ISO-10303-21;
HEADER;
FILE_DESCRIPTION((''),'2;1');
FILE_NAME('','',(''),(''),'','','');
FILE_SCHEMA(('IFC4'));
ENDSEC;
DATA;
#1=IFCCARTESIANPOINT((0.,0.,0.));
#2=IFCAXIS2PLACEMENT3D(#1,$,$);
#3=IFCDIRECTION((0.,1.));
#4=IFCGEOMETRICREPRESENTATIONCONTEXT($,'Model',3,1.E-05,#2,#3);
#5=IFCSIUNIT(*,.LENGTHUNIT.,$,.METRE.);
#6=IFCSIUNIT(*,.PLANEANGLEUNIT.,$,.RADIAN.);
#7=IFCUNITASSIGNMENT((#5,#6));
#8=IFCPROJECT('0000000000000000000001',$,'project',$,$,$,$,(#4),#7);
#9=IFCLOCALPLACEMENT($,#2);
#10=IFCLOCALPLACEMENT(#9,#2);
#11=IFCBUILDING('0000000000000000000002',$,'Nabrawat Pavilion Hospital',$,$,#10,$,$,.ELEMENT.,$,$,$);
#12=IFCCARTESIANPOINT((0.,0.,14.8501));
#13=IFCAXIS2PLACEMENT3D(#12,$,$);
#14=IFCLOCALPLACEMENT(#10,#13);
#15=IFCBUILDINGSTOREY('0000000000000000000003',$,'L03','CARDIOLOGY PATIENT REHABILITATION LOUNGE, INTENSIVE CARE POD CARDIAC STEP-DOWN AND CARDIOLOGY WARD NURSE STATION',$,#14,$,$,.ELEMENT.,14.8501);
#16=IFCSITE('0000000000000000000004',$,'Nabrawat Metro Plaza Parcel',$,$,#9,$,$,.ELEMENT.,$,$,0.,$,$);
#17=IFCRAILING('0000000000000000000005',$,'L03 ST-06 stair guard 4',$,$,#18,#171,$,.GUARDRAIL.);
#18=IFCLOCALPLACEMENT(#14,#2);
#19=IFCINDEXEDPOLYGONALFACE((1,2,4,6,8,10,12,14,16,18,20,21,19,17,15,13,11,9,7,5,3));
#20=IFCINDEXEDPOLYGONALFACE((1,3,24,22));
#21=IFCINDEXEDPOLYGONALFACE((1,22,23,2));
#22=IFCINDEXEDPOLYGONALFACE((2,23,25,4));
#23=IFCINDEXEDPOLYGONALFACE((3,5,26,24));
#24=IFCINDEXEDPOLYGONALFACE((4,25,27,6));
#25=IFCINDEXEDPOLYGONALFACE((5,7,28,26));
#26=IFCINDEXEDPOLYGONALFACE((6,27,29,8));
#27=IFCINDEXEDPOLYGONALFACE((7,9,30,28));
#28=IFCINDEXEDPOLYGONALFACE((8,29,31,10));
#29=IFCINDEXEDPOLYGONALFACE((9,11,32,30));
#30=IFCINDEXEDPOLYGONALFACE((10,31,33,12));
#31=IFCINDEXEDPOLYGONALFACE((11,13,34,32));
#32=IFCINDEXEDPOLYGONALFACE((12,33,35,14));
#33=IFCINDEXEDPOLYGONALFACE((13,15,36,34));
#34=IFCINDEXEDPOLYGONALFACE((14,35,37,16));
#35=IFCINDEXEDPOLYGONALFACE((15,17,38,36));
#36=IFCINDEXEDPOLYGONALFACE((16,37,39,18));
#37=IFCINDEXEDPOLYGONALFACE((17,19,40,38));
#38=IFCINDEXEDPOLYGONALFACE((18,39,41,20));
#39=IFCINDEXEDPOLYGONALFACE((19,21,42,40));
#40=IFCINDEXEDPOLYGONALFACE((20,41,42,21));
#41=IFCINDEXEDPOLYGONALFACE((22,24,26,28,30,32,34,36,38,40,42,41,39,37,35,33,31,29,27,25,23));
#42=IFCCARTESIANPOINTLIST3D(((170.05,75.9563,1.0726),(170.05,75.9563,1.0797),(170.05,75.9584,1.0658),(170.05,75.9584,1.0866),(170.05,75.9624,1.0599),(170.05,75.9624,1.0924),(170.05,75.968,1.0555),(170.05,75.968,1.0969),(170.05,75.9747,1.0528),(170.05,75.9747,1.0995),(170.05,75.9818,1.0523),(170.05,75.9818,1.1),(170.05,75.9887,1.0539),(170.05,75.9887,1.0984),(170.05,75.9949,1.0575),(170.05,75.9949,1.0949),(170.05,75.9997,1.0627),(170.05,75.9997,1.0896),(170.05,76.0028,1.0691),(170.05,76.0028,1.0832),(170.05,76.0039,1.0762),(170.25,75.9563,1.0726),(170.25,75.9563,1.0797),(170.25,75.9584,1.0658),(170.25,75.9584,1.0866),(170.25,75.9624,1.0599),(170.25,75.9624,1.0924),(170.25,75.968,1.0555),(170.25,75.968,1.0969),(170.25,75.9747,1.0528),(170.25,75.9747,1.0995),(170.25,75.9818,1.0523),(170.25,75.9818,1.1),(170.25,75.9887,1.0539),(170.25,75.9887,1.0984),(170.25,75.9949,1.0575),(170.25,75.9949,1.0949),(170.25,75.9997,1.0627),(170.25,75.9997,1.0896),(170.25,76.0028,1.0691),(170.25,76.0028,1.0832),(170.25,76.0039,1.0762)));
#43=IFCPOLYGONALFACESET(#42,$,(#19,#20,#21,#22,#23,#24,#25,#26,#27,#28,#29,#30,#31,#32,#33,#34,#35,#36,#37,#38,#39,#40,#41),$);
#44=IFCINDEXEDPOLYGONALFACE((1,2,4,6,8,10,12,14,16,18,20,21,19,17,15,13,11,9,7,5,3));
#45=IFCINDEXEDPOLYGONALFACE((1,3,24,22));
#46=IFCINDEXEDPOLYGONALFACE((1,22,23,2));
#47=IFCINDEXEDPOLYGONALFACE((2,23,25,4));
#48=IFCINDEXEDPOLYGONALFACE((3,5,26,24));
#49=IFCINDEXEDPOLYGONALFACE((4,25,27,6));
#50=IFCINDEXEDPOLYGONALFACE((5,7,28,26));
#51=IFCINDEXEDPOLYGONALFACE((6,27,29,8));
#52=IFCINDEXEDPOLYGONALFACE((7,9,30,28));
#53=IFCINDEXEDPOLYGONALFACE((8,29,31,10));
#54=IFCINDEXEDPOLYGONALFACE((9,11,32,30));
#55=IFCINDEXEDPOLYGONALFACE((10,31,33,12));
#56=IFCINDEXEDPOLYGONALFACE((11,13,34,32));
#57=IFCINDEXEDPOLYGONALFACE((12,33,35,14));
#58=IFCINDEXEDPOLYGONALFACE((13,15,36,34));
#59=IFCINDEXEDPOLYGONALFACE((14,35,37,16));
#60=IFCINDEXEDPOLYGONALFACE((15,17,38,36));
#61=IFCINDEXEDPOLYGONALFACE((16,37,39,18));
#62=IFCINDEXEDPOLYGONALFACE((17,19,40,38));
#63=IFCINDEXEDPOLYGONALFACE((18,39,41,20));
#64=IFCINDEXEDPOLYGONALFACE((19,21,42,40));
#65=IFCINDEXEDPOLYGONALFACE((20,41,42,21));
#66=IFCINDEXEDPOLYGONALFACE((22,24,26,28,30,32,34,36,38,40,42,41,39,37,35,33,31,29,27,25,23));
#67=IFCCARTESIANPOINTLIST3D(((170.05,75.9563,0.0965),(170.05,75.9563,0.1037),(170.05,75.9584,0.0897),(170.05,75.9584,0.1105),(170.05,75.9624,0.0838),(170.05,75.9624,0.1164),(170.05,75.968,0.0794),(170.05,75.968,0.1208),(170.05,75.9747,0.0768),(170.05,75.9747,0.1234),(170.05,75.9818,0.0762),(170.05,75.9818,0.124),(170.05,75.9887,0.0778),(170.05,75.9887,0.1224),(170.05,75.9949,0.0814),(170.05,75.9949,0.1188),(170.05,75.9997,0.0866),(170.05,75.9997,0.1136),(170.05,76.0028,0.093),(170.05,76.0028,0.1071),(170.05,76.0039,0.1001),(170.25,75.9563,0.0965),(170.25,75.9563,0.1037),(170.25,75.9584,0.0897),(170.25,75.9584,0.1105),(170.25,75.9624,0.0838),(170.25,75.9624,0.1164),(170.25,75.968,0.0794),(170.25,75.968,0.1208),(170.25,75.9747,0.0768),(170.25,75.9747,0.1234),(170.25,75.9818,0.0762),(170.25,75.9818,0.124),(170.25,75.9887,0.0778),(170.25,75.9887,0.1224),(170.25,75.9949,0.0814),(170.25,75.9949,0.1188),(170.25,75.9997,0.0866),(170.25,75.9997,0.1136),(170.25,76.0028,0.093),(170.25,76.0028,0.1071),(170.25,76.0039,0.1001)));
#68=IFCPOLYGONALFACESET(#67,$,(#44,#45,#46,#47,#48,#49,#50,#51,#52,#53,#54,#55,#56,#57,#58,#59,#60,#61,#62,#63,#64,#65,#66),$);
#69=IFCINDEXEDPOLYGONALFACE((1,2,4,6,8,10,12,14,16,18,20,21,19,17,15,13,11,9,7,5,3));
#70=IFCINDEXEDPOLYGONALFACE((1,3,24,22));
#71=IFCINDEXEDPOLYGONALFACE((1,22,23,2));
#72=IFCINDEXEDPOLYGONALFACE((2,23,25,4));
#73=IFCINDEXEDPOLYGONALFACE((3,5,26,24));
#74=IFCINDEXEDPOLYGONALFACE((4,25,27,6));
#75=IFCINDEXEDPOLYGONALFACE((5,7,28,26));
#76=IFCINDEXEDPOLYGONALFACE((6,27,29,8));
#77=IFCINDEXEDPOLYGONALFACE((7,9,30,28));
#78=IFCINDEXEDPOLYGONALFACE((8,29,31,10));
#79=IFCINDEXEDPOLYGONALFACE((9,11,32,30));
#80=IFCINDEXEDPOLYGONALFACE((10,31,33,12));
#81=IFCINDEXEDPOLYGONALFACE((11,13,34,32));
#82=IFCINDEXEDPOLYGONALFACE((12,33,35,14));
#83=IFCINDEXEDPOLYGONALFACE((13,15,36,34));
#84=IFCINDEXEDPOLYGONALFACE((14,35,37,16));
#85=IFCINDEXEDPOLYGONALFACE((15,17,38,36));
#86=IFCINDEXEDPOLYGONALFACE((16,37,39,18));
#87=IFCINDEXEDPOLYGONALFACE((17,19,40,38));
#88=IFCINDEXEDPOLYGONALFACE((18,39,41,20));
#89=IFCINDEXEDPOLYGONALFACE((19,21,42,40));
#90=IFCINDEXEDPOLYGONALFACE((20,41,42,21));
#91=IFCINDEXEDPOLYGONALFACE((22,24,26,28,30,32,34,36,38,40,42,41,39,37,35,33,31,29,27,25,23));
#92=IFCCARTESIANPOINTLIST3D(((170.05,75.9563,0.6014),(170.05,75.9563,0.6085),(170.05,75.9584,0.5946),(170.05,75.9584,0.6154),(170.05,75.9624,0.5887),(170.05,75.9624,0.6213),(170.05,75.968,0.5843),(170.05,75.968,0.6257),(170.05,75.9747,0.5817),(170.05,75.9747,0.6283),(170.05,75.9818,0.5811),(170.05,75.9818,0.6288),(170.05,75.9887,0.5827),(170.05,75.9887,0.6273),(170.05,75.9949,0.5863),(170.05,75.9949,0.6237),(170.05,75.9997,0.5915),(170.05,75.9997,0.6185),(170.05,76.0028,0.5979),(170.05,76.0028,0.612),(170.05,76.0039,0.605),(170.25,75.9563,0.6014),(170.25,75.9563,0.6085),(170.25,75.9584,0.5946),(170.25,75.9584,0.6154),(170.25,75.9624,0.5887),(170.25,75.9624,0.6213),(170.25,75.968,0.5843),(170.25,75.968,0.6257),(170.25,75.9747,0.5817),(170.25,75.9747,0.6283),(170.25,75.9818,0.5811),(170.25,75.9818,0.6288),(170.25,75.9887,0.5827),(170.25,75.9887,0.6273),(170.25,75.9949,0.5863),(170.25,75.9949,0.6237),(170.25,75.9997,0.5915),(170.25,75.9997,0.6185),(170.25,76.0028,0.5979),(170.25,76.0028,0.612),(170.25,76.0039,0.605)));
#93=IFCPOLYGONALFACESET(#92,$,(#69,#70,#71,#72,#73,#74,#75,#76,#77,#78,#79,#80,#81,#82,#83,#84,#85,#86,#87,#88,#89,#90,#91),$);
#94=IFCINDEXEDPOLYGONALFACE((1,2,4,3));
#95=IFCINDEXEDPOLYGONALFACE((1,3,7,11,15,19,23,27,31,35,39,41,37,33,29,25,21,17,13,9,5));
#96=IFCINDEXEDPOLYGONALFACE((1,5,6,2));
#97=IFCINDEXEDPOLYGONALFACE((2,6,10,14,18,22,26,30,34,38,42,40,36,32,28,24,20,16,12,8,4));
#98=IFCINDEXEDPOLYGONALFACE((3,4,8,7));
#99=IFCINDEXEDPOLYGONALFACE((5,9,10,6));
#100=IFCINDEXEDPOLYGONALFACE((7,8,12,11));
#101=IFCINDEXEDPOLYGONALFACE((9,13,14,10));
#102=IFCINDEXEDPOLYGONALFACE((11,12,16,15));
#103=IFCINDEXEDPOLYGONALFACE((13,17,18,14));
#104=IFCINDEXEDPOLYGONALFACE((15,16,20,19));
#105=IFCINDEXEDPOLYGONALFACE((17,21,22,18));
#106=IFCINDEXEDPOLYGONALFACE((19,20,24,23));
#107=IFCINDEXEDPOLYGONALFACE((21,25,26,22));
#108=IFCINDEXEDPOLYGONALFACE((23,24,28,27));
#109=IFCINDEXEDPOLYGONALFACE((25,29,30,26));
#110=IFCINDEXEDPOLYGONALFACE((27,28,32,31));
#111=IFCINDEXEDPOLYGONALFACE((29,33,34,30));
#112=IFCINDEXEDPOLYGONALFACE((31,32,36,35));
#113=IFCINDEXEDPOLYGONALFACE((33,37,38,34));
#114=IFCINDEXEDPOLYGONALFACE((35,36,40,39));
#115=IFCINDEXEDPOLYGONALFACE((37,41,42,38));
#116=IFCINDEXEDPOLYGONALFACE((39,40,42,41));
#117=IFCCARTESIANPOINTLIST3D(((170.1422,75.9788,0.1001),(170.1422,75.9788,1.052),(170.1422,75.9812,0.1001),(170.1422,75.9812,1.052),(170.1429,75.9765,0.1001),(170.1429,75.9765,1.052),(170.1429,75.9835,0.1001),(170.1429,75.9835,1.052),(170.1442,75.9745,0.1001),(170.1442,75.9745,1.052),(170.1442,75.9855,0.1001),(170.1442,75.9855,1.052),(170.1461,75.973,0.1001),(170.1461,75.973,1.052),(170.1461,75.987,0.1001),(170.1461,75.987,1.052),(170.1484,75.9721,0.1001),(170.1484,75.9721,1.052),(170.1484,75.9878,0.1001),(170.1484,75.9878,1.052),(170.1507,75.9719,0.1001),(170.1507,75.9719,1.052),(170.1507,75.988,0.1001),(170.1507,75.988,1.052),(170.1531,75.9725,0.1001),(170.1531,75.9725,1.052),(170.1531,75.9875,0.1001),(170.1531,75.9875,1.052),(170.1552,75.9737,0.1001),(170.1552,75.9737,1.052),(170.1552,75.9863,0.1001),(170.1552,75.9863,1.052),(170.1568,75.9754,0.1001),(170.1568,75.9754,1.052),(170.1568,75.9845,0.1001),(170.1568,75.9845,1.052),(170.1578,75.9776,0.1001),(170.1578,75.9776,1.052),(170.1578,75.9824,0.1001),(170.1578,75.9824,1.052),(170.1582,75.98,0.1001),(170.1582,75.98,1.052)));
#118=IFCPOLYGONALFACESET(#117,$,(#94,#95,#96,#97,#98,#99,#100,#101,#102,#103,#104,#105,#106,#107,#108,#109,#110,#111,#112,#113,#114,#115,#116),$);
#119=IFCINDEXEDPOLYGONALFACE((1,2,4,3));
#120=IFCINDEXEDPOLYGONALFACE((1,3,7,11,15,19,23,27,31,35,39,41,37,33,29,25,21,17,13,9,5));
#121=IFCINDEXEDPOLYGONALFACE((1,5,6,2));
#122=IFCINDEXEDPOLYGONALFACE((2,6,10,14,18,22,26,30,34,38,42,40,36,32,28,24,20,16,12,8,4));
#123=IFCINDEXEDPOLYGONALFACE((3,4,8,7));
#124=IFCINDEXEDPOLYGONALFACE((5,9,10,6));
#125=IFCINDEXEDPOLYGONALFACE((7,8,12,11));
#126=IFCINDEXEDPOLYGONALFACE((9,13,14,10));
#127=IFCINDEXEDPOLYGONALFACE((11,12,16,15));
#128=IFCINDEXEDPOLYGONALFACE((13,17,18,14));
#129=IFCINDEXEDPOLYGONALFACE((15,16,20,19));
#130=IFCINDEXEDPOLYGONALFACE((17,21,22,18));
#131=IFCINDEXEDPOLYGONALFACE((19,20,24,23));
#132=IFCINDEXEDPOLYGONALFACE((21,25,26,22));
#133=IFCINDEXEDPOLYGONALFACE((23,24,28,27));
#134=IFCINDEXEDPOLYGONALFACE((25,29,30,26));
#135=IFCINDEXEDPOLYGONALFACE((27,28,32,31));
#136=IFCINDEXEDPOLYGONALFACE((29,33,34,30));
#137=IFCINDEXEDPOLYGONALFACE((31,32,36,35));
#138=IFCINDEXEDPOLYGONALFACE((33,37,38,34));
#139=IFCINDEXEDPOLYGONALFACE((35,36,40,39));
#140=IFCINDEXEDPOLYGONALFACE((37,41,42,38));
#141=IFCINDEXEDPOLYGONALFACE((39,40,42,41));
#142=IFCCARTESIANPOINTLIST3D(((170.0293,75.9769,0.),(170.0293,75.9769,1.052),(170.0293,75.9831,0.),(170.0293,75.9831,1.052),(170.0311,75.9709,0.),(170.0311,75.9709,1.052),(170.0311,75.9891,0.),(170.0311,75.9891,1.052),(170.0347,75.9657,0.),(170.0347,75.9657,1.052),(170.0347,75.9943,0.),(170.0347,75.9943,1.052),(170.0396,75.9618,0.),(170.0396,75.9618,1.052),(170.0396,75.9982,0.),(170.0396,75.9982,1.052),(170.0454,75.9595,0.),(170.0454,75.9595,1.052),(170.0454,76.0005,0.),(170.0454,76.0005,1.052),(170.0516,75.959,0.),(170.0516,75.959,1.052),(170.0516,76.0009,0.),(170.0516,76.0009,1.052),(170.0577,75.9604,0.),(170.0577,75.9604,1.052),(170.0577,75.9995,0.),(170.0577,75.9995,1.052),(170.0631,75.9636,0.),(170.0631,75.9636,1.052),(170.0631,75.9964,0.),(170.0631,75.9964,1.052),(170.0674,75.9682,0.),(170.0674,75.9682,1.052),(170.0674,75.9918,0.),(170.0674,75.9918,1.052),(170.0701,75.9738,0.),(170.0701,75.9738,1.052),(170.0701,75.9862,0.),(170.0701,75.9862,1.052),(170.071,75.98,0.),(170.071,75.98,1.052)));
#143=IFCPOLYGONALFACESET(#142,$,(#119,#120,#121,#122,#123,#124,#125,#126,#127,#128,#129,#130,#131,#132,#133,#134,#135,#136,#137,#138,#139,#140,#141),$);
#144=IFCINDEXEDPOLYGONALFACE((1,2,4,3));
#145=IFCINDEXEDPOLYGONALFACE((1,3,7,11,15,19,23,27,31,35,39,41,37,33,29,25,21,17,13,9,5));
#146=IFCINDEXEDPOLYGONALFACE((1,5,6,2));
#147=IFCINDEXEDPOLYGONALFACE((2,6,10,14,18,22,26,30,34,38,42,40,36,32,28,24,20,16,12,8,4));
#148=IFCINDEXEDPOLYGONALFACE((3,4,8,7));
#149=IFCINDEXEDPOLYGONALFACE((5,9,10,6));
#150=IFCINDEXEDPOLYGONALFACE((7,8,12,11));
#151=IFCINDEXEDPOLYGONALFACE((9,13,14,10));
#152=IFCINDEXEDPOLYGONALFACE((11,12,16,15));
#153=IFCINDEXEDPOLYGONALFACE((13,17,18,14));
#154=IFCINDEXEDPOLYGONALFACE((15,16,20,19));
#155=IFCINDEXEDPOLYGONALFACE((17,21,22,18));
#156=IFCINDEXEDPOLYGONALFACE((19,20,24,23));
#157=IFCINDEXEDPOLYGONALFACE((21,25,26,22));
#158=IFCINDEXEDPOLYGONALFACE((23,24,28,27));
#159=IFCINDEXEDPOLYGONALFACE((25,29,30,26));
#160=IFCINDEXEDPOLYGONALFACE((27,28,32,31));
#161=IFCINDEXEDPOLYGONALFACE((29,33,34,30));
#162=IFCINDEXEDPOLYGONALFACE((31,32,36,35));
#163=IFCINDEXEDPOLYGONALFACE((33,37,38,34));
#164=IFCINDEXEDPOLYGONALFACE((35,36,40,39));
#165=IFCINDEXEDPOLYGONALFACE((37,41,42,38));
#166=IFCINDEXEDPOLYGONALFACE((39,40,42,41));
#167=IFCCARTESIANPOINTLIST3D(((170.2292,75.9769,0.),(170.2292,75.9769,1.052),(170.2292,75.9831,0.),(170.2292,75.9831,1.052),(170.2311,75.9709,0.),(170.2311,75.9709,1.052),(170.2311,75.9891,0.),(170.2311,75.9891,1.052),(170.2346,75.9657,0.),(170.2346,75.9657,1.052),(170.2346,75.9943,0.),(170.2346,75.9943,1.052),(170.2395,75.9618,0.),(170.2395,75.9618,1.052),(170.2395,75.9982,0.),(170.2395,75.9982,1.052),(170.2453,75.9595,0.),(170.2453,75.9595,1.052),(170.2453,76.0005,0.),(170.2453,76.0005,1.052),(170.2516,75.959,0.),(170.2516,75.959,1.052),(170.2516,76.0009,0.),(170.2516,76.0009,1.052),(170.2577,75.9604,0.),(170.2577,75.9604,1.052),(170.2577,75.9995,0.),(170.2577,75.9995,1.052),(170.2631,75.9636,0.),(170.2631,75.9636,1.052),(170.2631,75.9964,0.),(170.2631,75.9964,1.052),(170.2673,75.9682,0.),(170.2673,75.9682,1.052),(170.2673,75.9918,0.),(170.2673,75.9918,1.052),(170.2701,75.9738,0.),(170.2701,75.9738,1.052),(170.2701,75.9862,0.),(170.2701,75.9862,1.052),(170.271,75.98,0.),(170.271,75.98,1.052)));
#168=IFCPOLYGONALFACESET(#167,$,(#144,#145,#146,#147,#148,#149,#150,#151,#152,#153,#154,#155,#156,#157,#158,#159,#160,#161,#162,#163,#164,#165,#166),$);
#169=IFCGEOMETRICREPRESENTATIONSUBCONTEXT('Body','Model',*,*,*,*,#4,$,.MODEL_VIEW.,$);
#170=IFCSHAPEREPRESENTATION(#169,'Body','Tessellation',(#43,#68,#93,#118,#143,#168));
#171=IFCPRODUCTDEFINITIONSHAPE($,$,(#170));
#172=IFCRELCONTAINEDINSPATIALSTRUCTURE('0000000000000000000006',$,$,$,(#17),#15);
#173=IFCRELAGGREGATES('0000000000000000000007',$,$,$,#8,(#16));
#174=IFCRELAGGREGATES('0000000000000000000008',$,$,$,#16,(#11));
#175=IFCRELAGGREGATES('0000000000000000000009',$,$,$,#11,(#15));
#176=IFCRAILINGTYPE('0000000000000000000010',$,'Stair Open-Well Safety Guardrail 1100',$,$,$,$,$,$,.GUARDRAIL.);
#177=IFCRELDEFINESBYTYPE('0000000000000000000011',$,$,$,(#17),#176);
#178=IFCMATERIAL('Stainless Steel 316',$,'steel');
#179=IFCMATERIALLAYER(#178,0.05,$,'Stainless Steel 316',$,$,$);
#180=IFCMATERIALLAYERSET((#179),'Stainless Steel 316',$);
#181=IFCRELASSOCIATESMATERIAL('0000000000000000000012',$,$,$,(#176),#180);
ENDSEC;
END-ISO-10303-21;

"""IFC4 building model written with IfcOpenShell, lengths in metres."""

from ifc_helpers import new_model, si_unit, direction, frame, origin, origin_2d, place, context, subcontext, project, spatial, circle, extrude, material, layer, layer_set, type_object, element, save


model = new_model("IFC4")

# Units and contexts
model_context = context("Model", 3, precision=1e-05, world=origin(), true_north=direction((0.0, 1.0)))
body_context = subcontext(model_context, "Body", "Model", "MODEL_VIEW")
ifc_project = project(units=[si_unit("LENGTHUNIT", "METRE"), si_unit("PLANEANGLEUNIT", "RADIAN")], contexts=[model_context])

# Site, building, storey
site_placement = place(None, origin())
site = spatial("IfcSite", under=ifc_project, at=site_placement, Name="Nabrawat Metro Plaza Parcel", CompositionType="ELEMENT", RefElevation=0.0)
building_placement = place(site_placement, origin())
building = spatial("IfcBuilding", under=site, at=building_placement, Name="Nabrawat Pavilion Hospital", CompositionType="ELEMENT")
storey_placement = place(building_placement, frame((0.0, 0.0, 14.8501)))
storey = spatial("IfcBuildingStorey", under=building, at=storey_placement, Name="L03", Description="CARDIOLOGY PATIENT REHABILITATION LOUNGE, INTENSIVE CARE POD CARDIAC STEP-DOWN AND CARDIOLOGY WARD NURSE STATION", CompositionType="ELEMENT", Elevation=14.8501)

# Railing
ifc_material_1 = material(Name="Stainless Steel 316", Category="steel")
ifc_layer_1 = layer(ifc_material_1, 0.05, Name="Stainless Steel 316")
ifc_layer_set_1 = layer_set([ifc_layer_1], Name="Stainless Steel 316")
railing_type_1 = type_object("IfcRailingType", Name="Stair Open-Well Safety Guardrail 1100", PredefinedType="GUARDRAIL", material=ifc_layer_set_1)
railing_1_placement = place(storey_placement, frame((170.05, 75.98, 0.0)))
element("IfcRailing", 1, at=railing_1_placement, inside=storey, type_object=railing_type_1, Name="L03 ST-06 stair guard 4", PredefinedType="GUARDRAIL", context=body_context, shape_type="SweptSolid", body=[
    extrude(circle(Radius=0.0239, at=origin_2d()), frame((0.0, 0.0, 1.0762), z_axis=(1.0, 0.0, 0.0), x_axis=(0.0, 1.0, 0.0)), (0.0, 0.0, 1.0), 0.2),
    extrude(circle(Radius=0.0239, at=origin_2d()), frame((0.0, 0.0, 0.1001), z_axis=(1.0, 0.0, 0.0), x_axis=(0.0, 1.0, 0.0)), (0.0, 0.0, 1.0), 0.2),
    extrude(circle(Radius=0.0239, at=origin_2d()), frame((0.0, 0.0, 0.605), z_axis=(1.0, 0.0, 0.0), x_axis=(0.0, 1.0, 0.0)), (0.0, 0.0, 1.0), 0.2),
    extrude(circle(Radius=0.0081, at=origin_2d()), frame((0.1001, 0.0, 0.1001)), (0.0, 0.0, 1.0), 0.9519),
    extrude(circle(Radius=0.021, at=origin_2d()), origin(), (0.0, 0.0, 1.0), 1.052),
    extrude(circle(Radius=0.021, at=origin_2d()), frame((0.2, 0.0, 0.0)), (0.0, 0.0, 1.0), 1.052),
])

save(model, "model.ifc")
